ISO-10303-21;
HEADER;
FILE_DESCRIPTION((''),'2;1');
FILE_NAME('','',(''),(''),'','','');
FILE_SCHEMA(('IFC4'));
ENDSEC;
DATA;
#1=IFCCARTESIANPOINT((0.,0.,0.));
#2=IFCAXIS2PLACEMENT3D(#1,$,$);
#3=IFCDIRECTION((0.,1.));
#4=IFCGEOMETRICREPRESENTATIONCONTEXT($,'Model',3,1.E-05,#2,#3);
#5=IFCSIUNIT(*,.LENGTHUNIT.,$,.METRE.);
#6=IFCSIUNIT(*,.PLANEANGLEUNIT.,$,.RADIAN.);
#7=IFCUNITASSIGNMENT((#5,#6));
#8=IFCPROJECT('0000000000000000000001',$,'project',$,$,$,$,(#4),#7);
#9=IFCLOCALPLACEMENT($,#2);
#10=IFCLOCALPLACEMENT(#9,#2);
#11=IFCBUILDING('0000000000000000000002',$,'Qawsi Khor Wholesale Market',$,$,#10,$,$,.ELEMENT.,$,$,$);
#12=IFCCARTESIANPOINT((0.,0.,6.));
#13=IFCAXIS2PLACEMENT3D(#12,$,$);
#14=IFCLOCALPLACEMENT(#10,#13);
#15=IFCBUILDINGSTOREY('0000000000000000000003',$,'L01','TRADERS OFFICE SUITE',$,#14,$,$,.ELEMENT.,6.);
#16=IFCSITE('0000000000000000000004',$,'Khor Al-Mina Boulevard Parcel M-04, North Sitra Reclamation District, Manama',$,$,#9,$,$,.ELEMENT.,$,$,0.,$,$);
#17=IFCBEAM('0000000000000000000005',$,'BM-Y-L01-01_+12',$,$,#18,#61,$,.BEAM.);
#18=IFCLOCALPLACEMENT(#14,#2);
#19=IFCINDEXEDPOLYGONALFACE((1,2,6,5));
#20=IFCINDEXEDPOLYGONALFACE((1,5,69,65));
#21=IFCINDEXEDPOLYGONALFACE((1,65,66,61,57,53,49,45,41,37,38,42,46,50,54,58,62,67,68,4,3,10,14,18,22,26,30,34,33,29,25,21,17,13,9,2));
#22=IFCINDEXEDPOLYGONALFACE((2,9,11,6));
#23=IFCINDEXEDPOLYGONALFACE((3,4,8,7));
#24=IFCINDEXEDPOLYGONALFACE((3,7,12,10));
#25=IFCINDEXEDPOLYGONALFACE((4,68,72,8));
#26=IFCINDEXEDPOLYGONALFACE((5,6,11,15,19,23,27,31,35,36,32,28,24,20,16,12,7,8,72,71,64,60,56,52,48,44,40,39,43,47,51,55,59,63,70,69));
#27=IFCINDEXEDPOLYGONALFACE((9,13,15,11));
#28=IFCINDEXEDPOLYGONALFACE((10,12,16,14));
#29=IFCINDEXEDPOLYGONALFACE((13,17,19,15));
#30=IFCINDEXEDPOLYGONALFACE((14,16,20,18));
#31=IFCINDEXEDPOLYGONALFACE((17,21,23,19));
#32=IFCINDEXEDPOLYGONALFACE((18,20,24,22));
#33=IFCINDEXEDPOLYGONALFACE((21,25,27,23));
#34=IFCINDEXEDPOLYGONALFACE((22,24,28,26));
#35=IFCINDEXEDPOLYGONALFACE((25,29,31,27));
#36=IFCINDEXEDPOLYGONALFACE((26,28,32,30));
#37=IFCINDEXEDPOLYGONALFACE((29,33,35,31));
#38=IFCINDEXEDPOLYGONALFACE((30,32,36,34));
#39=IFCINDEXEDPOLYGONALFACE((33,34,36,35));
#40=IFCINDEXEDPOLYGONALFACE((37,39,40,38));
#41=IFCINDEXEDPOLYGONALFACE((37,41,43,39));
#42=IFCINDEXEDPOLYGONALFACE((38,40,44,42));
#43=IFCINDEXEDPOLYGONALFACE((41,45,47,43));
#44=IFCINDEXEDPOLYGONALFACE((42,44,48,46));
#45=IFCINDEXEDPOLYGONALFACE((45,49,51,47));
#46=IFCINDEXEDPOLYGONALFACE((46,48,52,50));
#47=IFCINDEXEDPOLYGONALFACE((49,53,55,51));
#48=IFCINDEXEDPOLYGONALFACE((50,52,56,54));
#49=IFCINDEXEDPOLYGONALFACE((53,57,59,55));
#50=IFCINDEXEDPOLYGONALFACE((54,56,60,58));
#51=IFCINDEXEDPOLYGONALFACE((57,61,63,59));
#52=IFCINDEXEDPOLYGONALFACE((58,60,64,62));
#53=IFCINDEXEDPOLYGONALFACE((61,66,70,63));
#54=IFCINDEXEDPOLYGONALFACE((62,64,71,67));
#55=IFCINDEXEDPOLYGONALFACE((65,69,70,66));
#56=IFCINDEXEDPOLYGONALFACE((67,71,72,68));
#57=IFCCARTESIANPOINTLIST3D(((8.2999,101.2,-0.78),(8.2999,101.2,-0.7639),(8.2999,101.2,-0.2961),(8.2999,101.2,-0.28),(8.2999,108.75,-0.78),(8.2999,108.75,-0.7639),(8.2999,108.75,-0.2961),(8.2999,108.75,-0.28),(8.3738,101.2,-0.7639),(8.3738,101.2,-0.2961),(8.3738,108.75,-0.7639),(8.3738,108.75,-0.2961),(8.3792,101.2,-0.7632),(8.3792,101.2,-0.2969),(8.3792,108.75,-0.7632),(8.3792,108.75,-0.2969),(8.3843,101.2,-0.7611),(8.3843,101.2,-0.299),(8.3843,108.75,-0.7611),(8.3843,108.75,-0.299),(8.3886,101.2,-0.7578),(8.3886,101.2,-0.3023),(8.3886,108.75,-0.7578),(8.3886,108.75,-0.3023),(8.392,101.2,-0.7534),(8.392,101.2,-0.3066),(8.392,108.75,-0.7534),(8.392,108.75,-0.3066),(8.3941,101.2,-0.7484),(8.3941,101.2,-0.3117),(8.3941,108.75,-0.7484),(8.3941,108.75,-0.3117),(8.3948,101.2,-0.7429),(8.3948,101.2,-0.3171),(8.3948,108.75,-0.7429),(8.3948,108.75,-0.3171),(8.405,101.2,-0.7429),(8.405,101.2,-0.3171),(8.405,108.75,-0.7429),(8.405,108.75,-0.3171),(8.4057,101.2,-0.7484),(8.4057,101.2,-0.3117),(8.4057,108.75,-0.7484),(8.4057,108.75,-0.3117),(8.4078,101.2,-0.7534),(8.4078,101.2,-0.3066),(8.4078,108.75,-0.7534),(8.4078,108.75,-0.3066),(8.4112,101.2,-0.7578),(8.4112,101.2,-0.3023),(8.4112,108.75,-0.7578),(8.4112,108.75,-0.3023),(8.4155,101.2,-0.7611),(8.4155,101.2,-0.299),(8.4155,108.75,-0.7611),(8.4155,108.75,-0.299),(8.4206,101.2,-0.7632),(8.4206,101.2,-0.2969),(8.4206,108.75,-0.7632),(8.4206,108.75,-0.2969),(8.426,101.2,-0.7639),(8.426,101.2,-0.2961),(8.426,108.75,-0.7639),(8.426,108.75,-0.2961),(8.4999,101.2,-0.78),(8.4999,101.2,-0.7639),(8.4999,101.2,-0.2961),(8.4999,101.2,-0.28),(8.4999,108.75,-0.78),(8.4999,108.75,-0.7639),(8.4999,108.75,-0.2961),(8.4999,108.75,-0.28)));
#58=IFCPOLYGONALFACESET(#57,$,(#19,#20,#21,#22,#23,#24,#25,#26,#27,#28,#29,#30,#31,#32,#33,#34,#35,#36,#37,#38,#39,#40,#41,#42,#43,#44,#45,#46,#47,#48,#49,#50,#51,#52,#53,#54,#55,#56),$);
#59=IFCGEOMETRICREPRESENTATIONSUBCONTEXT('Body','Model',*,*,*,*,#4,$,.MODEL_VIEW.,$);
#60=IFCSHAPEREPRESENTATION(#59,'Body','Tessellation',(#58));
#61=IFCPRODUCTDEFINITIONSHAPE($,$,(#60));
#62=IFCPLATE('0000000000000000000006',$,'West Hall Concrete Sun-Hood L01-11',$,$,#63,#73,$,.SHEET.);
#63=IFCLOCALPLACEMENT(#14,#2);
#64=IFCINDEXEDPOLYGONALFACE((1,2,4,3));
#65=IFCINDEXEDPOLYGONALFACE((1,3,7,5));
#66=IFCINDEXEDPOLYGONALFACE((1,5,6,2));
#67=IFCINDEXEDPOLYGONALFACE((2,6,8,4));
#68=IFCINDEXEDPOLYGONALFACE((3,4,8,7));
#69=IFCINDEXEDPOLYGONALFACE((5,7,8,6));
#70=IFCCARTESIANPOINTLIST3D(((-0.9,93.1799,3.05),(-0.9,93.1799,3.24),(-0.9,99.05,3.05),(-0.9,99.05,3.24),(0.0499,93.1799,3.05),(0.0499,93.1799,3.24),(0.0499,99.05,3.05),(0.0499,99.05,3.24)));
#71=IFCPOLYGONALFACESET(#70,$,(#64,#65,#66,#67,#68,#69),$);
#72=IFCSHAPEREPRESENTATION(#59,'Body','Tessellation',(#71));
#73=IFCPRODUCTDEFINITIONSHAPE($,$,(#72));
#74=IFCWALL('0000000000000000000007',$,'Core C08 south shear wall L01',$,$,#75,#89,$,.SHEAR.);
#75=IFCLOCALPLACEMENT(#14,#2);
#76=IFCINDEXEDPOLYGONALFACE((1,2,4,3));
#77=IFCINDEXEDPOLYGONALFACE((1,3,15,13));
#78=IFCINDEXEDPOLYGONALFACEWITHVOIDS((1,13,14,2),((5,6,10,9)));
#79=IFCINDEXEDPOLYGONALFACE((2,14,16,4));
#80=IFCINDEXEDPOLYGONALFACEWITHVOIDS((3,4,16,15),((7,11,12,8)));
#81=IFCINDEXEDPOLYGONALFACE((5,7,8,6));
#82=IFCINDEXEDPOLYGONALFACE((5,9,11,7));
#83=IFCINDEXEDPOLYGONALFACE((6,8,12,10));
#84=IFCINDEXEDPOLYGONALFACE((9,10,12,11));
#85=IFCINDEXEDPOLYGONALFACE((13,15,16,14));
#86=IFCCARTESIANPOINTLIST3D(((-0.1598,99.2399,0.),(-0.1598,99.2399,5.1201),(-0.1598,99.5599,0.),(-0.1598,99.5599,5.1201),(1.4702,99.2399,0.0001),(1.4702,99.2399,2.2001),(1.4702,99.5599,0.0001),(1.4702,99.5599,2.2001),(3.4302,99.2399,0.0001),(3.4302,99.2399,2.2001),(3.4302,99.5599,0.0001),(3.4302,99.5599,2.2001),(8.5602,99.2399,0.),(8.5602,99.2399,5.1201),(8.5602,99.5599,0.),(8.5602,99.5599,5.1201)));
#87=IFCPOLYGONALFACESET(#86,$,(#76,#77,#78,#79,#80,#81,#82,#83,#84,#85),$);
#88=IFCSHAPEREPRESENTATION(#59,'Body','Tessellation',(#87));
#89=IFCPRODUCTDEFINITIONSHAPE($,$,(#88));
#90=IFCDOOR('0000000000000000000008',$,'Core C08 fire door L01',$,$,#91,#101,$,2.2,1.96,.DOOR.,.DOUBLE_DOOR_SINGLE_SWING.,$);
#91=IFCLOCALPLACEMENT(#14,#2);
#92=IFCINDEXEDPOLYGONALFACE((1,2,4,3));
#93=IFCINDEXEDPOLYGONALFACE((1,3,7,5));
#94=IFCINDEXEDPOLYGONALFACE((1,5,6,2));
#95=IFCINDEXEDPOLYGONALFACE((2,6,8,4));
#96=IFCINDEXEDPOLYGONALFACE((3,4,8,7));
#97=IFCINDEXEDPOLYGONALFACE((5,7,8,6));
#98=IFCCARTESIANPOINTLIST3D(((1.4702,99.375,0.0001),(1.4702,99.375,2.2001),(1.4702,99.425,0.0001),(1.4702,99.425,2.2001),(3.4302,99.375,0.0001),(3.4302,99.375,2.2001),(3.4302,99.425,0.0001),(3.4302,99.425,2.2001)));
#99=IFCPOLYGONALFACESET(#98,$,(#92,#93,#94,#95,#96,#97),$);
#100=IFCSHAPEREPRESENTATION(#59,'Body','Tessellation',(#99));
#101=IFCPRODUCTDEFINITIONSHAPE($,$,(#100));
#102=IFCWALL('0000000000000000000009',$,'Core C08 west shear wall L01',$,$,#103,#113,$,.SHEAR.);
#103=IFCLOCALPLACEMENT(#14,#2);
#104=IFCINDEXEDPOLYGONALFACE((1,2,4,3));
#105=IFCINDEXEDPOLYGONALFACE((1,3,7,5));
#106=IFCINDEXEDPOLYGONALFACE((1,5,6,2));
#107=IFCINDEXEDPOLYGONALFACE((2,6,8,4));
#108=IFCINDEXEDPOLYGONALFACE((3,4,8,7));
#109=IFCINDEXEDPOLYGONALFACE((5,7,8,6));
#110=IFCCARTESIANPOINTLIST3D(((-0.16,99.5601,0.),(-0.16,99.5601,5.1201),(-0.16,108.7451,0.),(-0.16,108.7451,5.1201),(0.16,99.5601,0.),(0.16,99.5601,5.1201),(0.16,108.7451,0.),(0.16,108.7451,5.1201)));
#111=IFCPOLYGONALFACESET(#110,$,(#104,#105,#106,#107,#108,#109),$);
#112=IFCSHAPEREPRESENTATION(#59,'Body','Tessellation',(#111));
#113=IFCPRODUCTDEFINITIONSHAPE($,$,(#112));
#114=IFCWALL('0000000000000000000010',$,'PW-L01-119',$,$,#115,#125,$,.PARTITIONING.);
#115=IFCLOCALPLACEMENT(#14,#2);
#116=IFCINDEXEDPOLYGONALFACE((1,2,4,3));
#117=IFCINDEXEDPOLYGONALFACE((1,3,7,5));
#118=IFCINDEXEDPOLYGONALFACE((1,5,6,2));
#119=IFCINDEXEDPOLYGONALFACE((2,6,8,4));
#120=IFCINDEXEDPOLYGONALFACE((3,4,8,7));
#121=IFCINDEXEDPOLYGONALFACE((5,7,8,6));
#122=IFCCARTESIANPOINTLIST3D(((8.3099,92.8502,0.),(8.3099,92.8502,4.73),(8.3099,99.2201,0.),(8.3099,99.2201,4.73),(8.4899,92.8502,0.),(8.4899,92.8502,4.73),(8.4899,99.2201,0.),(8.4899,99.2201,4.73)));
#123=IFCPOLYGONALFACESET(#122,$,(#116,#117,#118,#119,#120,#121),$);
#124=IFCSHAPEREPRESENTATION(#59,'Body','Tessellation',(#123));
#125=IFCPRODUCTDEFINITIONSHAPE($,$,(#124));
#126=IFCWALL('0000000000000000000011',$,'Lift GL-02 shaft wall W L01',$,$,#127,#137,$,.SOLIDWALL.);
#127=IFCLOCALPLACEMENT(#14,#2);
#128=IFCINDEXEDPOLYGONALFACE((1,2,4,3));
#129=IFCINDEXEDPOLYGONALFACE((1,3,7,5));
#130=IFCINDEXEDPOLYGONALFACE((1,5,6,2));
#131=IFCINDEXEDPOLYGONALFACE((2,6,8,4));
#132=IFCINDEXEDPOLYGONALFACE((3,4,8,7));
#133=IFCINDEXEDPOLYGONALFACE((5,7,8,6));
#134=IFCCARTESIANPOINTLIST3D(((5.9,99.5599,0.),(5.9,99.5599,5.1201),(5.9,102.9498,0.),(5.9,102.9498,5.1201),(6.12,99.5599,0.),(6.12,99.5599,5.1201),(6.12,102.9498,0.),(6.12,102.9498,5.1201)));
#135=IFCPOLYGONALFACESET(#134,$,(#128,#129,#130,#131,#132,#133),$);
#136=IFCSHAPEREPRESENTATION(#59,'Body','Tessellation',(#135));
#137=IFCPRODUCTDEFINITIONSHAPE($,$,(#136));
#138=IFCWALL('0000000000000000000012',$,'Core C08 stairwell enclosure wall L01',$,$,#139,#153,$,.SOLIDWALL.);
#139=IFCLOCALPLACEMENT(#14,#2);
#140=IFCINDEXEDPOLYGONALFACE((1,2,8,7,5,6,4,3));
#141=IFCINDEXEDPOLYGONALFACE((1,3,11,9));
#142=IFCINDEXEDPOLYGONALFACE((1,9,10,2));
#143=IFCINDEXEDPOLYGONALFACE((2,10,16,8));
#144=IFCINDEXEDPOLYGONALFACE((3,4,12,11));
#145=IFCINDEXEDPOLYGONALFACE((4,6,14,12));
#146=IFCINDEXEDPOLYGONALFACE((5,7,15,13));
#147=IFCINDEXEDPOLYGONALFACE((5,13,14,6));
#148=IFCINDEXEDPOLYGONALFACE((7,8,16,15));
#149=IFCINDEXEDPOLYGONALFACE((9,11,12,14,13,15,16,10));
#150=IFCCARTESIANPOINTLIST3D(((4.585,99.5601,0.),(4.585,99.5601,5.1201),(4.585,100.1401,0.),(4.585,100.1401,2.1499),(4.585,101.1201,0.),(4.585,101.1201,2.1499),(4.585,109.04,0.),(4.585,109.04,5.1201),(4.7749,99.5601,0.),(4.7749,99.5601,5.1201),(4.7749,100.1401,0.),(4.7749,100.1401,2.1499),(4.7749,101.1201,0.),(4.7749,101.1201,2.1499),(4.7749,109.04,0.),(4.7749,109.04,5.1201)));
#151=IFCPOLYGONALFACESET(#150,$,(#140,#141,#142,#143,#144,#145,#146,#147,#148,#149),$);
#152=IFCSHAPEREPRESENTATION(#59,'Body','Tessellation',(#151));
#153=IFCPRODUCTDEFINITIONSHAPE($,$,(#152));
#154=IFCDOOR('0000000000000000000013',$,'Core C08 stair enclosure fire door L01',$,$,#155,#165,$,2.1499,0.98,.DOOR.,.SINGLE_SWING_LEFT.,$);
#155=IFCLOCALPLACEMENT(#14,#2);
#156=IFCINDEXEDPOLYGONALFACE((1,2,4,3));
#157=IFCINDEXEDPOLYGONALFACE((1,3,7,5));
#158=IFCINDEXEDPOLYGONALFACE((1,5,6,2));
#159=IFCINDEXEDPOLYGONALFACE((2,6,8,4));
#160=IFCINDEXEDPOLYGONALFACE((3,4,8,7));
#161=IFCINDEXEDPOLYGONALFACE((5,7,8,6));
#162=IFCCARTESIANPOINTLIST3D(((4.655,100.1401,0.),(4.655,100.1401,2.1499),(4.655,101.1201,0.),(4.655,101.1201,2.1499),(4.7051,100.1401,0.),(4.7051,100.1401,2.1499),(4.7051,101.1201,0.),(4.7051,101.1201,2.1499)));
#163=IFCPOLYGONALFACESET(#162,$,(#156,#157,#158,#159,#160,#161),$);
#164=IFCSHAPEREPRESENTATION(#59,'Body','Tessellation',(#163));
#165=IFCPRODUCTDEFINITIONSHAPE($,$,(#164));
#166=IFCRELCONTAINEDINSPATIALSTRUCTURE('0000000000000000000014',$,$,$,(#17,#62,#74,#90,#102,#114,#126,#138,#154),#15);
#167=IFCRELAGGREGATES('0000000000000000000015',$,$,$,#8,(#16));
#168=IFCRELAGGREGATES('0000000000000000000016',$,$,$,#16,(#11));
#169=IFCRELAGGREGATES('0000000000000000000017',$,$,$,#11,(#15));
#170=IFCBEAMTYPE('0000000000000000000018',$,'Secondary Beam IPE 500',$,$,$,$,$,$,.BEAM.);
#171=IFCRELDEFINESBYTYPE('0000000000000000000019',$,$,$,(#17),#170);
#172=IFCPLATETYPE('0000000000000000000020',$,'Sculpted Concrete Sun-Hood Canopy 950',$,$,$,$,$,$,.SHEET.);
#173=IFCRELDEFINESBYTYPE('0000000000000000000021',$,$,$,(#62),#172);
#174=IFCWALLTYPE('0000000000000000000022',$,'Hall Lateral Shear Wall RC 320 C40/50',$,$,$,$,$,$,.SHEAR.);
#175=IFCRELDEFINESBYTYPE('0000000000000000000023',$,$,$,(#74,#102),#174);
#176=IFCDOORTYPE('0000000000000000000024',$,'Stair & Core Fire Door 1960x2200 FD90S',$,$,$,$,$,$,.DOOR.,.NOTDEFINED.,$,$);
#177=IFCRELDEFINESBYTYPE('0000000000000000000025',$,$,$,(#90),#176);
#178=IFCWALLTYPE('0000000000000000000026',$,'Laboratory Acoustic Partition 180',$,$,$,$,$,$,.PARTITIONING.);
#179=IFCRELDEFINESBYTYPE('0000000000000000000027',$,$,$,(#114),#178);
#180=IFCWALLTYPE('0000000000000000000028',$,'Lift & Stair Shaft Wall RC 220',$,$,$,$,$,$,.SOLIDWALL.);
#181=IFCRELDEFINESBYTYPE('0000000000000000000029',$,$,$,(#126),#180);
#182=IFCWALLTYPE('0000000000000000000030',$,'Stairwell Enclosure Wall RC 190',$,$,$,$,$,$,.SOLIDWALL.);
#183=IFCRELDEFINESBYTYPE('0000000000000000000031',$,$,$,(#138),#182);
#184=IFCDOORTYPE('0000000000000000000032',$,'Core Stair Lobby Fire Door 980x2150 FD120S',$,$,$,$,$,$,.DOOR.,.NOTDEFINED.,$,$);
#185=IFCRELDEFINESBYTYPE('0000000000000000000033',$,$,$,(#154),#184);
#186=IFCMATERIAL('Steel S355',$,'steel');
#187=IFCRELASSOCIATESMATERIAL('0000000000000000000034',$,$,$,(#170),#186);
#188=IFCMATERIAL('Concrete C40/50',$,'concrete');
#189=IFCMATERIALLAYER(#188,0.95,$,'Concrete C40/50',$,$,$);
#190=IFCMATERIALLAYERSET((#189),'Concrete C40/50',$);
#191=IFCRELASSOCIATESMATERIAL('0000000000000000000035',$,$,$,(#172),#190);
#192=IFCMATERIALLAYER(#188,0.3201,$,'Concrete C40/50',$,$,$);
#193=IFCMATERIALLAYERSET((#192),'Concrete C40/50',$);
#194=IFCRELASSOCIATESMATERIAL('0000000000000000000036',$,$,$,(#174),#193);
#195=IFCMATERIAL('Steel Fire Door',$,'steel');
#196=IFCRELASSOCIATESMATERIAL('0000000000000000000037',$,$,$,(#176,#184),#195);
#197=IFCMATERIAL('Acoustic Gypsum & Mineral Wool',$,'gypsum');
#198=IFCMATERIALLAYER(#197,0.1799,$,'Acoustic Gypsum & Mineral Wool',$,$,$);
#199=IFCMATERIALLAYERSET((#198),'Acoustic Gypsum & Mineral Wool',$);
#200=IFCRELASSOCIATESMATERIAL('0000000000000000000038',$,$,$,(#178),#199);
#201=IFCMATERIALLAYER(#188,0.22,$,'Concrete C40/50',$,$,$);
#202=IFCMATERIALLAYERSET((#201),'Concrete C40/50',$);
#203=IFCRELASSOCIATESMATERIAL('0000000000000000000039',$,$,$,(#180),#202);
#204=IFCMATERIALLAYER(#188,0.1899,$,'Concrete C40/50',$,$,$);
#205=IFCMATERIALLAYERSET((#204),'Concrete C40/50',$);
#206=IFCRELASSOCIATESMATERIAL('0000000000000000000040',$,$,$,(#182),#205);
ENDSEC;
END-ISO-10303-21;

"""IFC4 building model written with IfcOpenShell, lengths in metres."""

from ifc_helpers import new_model, si_unit, direction, frame, frame_2d, origin, origin_2d, place, context, subcontext, project, spatial, rectangle, i_section, extrude, material, layer, layer_set, material_profile, profile_set, type_object, element, fill, save


model = new_model("IFC4")

# Units and contexts
model_context = context("Model", 3, precision=1e-05, world=origin(), true_north=direction((0.0, 1.0)))
body_context = subcontext(model_context, "Body", "Model", "MODEL_VIEW")
ifc_project = project(units=[si_unit("LENGTHUNIT", "METRE"), si_unit("PLANEANGLEUNIT", "RADIAN")], contexts=[model_context])

# Site, building, storey
site_placement = place(None, origin())
site = spatial("IfcSite", under=ifc_project, at=site_placement, Name="Khor Al-Mina Boulevard Parcel M-04, North Sitra Reclamation District, Manama", CompositionType="ELEMENT", RefElevation=0.0)
building_placement = place(site_placement, origin())
building = spatial("IfcBuilding", under=site, at=building_placement, Name="Qawsi Khor Wholesale Market", CompositionType="ELEMENT")
storey_placement = place(building_placement, frame((0.0, 0.0, 6.0)))
storey = spatial("IfcBuildingStorey", under=building, at=storey_placement, Name="L01", Description="TRADERS OFFICE SUITE", CompositionType="ELEMENT", Elevation=6.0)

# Shared definitions
ifc_material_1 = material(Name="Concrete C40/50", Category="concrete")

# Beam
ifc_material_2 = material(Name="Steel S355", Category="steel")
ifc_material_profile_1 = material_profile(ifc_material_2, i_section(OverallWidth=0.2, OverallDepth=0.5, WebThickness=0.0103, FlangeThickness=0.0161, FilletRadius=0.021, at=origin_2d()), Name="IPE 500")
ifc_profile_set_1 = profile_set([ifc_material_profile_1], Name="Steel S355")
beam_type = type_object("IfcBeamType", Name="Secondary Beam IPE 500", PredefinedType="BEAM", material=ifc_profile_set_1)
beam_1_placement = place(storey_placement, frame((8.3999, 101.2, -0.53), z_axis=(0.0, 1.0, 0.0), x_axis=(-1.0, 0.0, 0.0)))
element("IfcBeam", 1, at=beam_1_placement, inside=storey, type_object=beam_type, Name="BM-Y-L01-01_+12", PredefinedType="BEAM", context=body_context, shape_type="SweptSolid", body=[
    extrude(i_section(OverallWidth=0.2, OverallDepth=0.5, WebThickness=0.0103, FlangeThickness=0.0161, FilletRadius=0.021, at=origin_2d()), origin(), (0.0, 0.0, 1.0), 7.55),
])

# Plate
ifc_layer_1 = layer(ifc_material_1, 0.95, Name="Concrete C40/50")
ifc_layer_set_1 = layer_set([ifc_layer_1], Name="Concrete C40/50")
plate_type = type_object("IfcPlateType", Name="Sculpted Concrete Sun-Hood Canopy 950", PredefinedType="SHEET", material=ifc_layer_set_1)
plate_placement = place(storey_placement, frame((-0.425, 93.1799, 3.05), z_axis=(0.0, 0.0, 1.0), x_axis=(0.0, 1.0, 0.0)))
element("IfcPlate", 2, at=plate_placement, inside=storey, type_object=plate_type, Name="West Hall Concrete Sun-Hood L01-11", PredefinedType="SHEET", context=body_context, shape_type="SweptSolid", body=[
    extrude(rectangle(XDim=5.8701, YDim=0.95, at=frame_2d((2.9351, 0.0))), origin(), (0.0, 0.0, 1.0), 0.1899),
])

# Wall, opening, door
ifc_layer_2 = layer(ifc_material_1, 0.3201, Name="Concrete C40/50")
ifc_layer_set_2 = layer_set([ifc_layer_2], Name="Concrete C40/50")
wall_type_1 = type_object("IfcWallType", Name="Hall Lateral Shear Wall RC 320 C40/50", PredefinedType="SHEAR", material=ifc_layer_set_2)
wall_1_placement = place(storey_placement, frame((8.5601, 99.3999, 0.0), z_axis=(0.0, 0.0, 1.0), x_axis=(-1.0, 0.0, 0.0)))
wall_1 = element("IfcWall", 3, at=wall_1_placement, inside=storey, type_object=wall_type_1, Name="Core C08 south shear wall L01", PredefinedType="SHEAR", context=body_context, shape_type="SweptSolid", body=[
    extrude(rectangle(XDim=8.72, YDim=0.3201, at=frame_2d((4.3599, 0.0))), origin(), (0.0, 0.0, 1.0), 5.1201),
])
opening_1_placement = place(wall_1_placement, frame((5.1299, 0.0, 0.0)))
opening_1 = element("IfcOpeningElement", 4, at=opening_1_placement, cuts=wall_1, PredefinedType="OPENING", context=body_context, shape_type="SweptSolid", body=[
    extrude(rectangle(XDim=1.96, YDim=2.2, at=frame_2d((0.98, 1.1001))), frame((0.0, 0.1699, 0.0), z_axis=(0.0, -1.0, 0.0), x_axis=(1.0, 0.0, 0.0)), (0.0, 0.0, 1.0), 0.3401),
])
ifc_material_3 = material(Name="Steel Fire Door", Category="steel")
door_type_1 = type_object("IfcDoorType", Name="Stair & Core Fire Door 1960x2200 FD90S", OperationType="NOTDEFINED", PredefinedType="DOOR", material=ifc_material_3)
door_1_placement = place(opening_1_placement, origin())
door_1 = element("IfcDoor", 5, at=door_1_placement, inside=storey, type_object=door_type_1, Name="Core C08 fire door L01", OperationType="DOUBLE_DOOR_SINGLE_SWING", OverallHeight=2.2, OverallWidth=1.96, PredefinedType="DOOR", context=body_context, shape_type="SweptSolid", body=[
    extrude(rectangle(XDim=1.96, YDim=2.2, at=frame_2d((0.98, 1.1001))), frame((0.0, 0.0249, 0.0), z_axis=(0.0, -1.0, 0.0), x_axis=(1.0, 0.0, 0.0)), (0.0, 0.0, 1.0), 0.05),
])
fill(opening_1, door_1)

# Walls
wall_2_placement = place(storey_placement, frame((0.0, 99.5601, 0.0), z_axis=(0.0, 0.0, 1.0), x_axis=(0.0, 1.0, 0.0)))
element("IfcWall", 6, at=wall_2_placement, inside=storey, type_object=wall_type_1, Name="Core C08 west shear wall L01", PredefinedType="SHEAR", context=body_context, shape_type="SweptSolid", body=[
    extrude(rectangle(XDim=9.1851, YDim=0.3201, at=frame_2d((4.5925, 0.0))), origin(), (0.0, 0.0, 1.0), 5.1201),
])
ifc_material_4 = material(Name="Acoustic Gypsum & Mineral Wool", Category="gypsum")
ifc_layer_3 = layer(ifc_material_4, 0.1799, Name="Acoustic Gypsum & Mineral Wool")
ifc_layer_set_3 = layer_set([ifc_layer_3], Name="Acoustic Gypsum & Mineral Wool")
wall_type_2 = type_object("IfcWallType", Name="Laboratory Acoustic Partition 180", PredefinedType="PARTITIONING", material=ifc_layer_set_3)
wall_3_placement = place(storey_placement, frame((8.3999, 92.8501, 0.0), z_axis=(0.0, 0.0, 1.0), x_axis=(0.0, 1.0, 0.0)))
element("IfcWall", 7, at=wall_3_placement, inside=storey, type_object=wall_type_2, Name="PW-L01-119", PredefinedType="PARTITIONING", context=body_context, shape_type="SweptSolid", body=[
    extrude(rectangle(XDim=6.3699, YDim=0.1799, at=frame_2d((3.1851, 0.0))), origin(), (0.0, 0.0, 1.0), 4.73),
])
ifc_layer_4 = layer(ifc_material_1, 0.22, Name="Concrete C40/50")
ifc_layer_set_4 = layer_set([ifc_layer_4], Name="Concrete C40/50")
wall_type_3 = type_object("IfcWallType", Name="Lift & Stair Shaft Wall RC 220", PredefinedType="SOLIDWALL", material=ifc_layer_set_4)
wall_4_placement = place(storey_placement, frame((6.01, 99.5601, 0.0), z_axis=(0.0, 0.0, 1.0), x_axis=(0.0, 1.0, 0.0)))
element("IfcWall", 8, at=wall_4_placement, inside=storey, type_object=wall_type_3, Name="Lift GL-02 shaft wall W L01", PredefinedType="SOLIDWALL", context=body_context, shape_type="SweptSolid", body=[
    extrude(rectangle(XDim=3.3899, YDim=0.22, at=frame_2d((1.6948, 0.0))), origin(), (0.0, 0.0, 1.0), 5.1201),
])

# Wall, opening, door
ifc_layer_5 = layer(ifc_material_1, 0.1899, Name="Concrete C40/50")
ifc_layer_set_5 = layer_set([ifc_layer_5], Name="Concrete C40/50")
wall_type_4 = type_object("IfcWallType", Name="Stairwell Enclosure Wall RC 190", PredefinedType="SOLIDWALL", material=ifc_layer_set_5)
wall_5_placement = place(storey_placement, frame((4.6799, 99.5601, 0.0), z_axis=(0.0, 0.0, 1.0), x_axis=(0.0, 1.0, 0.0)))
wall_5 = element("IfcWall", 9, at=wall_5_placement, inside=storey, type_object=wall_type_4, Name="Core C08 stairwell enclosure wall L01", PredefinedType="SOLIDWALL", context=body_context, shape_type="SweptSolid", body=[
    extrude(rectangle(XDim=9.48, YDim=0.1899, at=frame_2d((4.74, 0.0))), origin(), (0.0, 0.0, 1.0), 5.1201),
])
opening_2_placement = place(wall_5_placement, frame((0.5801, 0.0, 0.0)))
opening_2 = element("IfcOpeningElement", 10, at=opening_2_placement, cuts=wall_5, PredefinedType="OPENING", context=body_context, shape_type="SweptSolid", body=[
    extrude(rectangle(XDim=0.98, YDim=2.1499, at=frame_2d((0.49, 1.075))), frame((0.0, 0.105, 0.0), z_axis=(0.0, -1.0, 0.0), x_axis=(1.0, 0.0, 0.0)), (0.0, 0.0, 1.0), 0.21),
])
door_type_2 = type_object("IfcDoorType", Name="Core Stair Lobby Fire Door 980x2150 FD120S", OperationType="NOTDEFINED", PredefinedType="DOOR", material=ifc_material_3)
door_2_placement = place(opening_2_placement, origin())
door_2 = element("IfcDoor", 11, at=door_2_placement, inside=storey, type_object=door_type_2, Name="Core C08 stair enclosure fire door L01", OperationType="SINGLE_SWING_LEFT", OverallHeight=2.1499, OverallWidth=0.98, PredefinedType="DOOR", context=body_context, shape_type="SweptSolid", body=[
    extrude(rectangle(XDim=0.98, YDim=2.1499, at=frame_2d((0.49, 1.075))), frame((0.0, 0.0249, 0.0), z_axis=(0.0, -1.0, 0.0), x_axis=(1.0, 0.0, 0.0)), (0.0, 0.0, 1.0), 0.05),
])
fill(opening_2, door_2)

save(model, "model.ifc")
